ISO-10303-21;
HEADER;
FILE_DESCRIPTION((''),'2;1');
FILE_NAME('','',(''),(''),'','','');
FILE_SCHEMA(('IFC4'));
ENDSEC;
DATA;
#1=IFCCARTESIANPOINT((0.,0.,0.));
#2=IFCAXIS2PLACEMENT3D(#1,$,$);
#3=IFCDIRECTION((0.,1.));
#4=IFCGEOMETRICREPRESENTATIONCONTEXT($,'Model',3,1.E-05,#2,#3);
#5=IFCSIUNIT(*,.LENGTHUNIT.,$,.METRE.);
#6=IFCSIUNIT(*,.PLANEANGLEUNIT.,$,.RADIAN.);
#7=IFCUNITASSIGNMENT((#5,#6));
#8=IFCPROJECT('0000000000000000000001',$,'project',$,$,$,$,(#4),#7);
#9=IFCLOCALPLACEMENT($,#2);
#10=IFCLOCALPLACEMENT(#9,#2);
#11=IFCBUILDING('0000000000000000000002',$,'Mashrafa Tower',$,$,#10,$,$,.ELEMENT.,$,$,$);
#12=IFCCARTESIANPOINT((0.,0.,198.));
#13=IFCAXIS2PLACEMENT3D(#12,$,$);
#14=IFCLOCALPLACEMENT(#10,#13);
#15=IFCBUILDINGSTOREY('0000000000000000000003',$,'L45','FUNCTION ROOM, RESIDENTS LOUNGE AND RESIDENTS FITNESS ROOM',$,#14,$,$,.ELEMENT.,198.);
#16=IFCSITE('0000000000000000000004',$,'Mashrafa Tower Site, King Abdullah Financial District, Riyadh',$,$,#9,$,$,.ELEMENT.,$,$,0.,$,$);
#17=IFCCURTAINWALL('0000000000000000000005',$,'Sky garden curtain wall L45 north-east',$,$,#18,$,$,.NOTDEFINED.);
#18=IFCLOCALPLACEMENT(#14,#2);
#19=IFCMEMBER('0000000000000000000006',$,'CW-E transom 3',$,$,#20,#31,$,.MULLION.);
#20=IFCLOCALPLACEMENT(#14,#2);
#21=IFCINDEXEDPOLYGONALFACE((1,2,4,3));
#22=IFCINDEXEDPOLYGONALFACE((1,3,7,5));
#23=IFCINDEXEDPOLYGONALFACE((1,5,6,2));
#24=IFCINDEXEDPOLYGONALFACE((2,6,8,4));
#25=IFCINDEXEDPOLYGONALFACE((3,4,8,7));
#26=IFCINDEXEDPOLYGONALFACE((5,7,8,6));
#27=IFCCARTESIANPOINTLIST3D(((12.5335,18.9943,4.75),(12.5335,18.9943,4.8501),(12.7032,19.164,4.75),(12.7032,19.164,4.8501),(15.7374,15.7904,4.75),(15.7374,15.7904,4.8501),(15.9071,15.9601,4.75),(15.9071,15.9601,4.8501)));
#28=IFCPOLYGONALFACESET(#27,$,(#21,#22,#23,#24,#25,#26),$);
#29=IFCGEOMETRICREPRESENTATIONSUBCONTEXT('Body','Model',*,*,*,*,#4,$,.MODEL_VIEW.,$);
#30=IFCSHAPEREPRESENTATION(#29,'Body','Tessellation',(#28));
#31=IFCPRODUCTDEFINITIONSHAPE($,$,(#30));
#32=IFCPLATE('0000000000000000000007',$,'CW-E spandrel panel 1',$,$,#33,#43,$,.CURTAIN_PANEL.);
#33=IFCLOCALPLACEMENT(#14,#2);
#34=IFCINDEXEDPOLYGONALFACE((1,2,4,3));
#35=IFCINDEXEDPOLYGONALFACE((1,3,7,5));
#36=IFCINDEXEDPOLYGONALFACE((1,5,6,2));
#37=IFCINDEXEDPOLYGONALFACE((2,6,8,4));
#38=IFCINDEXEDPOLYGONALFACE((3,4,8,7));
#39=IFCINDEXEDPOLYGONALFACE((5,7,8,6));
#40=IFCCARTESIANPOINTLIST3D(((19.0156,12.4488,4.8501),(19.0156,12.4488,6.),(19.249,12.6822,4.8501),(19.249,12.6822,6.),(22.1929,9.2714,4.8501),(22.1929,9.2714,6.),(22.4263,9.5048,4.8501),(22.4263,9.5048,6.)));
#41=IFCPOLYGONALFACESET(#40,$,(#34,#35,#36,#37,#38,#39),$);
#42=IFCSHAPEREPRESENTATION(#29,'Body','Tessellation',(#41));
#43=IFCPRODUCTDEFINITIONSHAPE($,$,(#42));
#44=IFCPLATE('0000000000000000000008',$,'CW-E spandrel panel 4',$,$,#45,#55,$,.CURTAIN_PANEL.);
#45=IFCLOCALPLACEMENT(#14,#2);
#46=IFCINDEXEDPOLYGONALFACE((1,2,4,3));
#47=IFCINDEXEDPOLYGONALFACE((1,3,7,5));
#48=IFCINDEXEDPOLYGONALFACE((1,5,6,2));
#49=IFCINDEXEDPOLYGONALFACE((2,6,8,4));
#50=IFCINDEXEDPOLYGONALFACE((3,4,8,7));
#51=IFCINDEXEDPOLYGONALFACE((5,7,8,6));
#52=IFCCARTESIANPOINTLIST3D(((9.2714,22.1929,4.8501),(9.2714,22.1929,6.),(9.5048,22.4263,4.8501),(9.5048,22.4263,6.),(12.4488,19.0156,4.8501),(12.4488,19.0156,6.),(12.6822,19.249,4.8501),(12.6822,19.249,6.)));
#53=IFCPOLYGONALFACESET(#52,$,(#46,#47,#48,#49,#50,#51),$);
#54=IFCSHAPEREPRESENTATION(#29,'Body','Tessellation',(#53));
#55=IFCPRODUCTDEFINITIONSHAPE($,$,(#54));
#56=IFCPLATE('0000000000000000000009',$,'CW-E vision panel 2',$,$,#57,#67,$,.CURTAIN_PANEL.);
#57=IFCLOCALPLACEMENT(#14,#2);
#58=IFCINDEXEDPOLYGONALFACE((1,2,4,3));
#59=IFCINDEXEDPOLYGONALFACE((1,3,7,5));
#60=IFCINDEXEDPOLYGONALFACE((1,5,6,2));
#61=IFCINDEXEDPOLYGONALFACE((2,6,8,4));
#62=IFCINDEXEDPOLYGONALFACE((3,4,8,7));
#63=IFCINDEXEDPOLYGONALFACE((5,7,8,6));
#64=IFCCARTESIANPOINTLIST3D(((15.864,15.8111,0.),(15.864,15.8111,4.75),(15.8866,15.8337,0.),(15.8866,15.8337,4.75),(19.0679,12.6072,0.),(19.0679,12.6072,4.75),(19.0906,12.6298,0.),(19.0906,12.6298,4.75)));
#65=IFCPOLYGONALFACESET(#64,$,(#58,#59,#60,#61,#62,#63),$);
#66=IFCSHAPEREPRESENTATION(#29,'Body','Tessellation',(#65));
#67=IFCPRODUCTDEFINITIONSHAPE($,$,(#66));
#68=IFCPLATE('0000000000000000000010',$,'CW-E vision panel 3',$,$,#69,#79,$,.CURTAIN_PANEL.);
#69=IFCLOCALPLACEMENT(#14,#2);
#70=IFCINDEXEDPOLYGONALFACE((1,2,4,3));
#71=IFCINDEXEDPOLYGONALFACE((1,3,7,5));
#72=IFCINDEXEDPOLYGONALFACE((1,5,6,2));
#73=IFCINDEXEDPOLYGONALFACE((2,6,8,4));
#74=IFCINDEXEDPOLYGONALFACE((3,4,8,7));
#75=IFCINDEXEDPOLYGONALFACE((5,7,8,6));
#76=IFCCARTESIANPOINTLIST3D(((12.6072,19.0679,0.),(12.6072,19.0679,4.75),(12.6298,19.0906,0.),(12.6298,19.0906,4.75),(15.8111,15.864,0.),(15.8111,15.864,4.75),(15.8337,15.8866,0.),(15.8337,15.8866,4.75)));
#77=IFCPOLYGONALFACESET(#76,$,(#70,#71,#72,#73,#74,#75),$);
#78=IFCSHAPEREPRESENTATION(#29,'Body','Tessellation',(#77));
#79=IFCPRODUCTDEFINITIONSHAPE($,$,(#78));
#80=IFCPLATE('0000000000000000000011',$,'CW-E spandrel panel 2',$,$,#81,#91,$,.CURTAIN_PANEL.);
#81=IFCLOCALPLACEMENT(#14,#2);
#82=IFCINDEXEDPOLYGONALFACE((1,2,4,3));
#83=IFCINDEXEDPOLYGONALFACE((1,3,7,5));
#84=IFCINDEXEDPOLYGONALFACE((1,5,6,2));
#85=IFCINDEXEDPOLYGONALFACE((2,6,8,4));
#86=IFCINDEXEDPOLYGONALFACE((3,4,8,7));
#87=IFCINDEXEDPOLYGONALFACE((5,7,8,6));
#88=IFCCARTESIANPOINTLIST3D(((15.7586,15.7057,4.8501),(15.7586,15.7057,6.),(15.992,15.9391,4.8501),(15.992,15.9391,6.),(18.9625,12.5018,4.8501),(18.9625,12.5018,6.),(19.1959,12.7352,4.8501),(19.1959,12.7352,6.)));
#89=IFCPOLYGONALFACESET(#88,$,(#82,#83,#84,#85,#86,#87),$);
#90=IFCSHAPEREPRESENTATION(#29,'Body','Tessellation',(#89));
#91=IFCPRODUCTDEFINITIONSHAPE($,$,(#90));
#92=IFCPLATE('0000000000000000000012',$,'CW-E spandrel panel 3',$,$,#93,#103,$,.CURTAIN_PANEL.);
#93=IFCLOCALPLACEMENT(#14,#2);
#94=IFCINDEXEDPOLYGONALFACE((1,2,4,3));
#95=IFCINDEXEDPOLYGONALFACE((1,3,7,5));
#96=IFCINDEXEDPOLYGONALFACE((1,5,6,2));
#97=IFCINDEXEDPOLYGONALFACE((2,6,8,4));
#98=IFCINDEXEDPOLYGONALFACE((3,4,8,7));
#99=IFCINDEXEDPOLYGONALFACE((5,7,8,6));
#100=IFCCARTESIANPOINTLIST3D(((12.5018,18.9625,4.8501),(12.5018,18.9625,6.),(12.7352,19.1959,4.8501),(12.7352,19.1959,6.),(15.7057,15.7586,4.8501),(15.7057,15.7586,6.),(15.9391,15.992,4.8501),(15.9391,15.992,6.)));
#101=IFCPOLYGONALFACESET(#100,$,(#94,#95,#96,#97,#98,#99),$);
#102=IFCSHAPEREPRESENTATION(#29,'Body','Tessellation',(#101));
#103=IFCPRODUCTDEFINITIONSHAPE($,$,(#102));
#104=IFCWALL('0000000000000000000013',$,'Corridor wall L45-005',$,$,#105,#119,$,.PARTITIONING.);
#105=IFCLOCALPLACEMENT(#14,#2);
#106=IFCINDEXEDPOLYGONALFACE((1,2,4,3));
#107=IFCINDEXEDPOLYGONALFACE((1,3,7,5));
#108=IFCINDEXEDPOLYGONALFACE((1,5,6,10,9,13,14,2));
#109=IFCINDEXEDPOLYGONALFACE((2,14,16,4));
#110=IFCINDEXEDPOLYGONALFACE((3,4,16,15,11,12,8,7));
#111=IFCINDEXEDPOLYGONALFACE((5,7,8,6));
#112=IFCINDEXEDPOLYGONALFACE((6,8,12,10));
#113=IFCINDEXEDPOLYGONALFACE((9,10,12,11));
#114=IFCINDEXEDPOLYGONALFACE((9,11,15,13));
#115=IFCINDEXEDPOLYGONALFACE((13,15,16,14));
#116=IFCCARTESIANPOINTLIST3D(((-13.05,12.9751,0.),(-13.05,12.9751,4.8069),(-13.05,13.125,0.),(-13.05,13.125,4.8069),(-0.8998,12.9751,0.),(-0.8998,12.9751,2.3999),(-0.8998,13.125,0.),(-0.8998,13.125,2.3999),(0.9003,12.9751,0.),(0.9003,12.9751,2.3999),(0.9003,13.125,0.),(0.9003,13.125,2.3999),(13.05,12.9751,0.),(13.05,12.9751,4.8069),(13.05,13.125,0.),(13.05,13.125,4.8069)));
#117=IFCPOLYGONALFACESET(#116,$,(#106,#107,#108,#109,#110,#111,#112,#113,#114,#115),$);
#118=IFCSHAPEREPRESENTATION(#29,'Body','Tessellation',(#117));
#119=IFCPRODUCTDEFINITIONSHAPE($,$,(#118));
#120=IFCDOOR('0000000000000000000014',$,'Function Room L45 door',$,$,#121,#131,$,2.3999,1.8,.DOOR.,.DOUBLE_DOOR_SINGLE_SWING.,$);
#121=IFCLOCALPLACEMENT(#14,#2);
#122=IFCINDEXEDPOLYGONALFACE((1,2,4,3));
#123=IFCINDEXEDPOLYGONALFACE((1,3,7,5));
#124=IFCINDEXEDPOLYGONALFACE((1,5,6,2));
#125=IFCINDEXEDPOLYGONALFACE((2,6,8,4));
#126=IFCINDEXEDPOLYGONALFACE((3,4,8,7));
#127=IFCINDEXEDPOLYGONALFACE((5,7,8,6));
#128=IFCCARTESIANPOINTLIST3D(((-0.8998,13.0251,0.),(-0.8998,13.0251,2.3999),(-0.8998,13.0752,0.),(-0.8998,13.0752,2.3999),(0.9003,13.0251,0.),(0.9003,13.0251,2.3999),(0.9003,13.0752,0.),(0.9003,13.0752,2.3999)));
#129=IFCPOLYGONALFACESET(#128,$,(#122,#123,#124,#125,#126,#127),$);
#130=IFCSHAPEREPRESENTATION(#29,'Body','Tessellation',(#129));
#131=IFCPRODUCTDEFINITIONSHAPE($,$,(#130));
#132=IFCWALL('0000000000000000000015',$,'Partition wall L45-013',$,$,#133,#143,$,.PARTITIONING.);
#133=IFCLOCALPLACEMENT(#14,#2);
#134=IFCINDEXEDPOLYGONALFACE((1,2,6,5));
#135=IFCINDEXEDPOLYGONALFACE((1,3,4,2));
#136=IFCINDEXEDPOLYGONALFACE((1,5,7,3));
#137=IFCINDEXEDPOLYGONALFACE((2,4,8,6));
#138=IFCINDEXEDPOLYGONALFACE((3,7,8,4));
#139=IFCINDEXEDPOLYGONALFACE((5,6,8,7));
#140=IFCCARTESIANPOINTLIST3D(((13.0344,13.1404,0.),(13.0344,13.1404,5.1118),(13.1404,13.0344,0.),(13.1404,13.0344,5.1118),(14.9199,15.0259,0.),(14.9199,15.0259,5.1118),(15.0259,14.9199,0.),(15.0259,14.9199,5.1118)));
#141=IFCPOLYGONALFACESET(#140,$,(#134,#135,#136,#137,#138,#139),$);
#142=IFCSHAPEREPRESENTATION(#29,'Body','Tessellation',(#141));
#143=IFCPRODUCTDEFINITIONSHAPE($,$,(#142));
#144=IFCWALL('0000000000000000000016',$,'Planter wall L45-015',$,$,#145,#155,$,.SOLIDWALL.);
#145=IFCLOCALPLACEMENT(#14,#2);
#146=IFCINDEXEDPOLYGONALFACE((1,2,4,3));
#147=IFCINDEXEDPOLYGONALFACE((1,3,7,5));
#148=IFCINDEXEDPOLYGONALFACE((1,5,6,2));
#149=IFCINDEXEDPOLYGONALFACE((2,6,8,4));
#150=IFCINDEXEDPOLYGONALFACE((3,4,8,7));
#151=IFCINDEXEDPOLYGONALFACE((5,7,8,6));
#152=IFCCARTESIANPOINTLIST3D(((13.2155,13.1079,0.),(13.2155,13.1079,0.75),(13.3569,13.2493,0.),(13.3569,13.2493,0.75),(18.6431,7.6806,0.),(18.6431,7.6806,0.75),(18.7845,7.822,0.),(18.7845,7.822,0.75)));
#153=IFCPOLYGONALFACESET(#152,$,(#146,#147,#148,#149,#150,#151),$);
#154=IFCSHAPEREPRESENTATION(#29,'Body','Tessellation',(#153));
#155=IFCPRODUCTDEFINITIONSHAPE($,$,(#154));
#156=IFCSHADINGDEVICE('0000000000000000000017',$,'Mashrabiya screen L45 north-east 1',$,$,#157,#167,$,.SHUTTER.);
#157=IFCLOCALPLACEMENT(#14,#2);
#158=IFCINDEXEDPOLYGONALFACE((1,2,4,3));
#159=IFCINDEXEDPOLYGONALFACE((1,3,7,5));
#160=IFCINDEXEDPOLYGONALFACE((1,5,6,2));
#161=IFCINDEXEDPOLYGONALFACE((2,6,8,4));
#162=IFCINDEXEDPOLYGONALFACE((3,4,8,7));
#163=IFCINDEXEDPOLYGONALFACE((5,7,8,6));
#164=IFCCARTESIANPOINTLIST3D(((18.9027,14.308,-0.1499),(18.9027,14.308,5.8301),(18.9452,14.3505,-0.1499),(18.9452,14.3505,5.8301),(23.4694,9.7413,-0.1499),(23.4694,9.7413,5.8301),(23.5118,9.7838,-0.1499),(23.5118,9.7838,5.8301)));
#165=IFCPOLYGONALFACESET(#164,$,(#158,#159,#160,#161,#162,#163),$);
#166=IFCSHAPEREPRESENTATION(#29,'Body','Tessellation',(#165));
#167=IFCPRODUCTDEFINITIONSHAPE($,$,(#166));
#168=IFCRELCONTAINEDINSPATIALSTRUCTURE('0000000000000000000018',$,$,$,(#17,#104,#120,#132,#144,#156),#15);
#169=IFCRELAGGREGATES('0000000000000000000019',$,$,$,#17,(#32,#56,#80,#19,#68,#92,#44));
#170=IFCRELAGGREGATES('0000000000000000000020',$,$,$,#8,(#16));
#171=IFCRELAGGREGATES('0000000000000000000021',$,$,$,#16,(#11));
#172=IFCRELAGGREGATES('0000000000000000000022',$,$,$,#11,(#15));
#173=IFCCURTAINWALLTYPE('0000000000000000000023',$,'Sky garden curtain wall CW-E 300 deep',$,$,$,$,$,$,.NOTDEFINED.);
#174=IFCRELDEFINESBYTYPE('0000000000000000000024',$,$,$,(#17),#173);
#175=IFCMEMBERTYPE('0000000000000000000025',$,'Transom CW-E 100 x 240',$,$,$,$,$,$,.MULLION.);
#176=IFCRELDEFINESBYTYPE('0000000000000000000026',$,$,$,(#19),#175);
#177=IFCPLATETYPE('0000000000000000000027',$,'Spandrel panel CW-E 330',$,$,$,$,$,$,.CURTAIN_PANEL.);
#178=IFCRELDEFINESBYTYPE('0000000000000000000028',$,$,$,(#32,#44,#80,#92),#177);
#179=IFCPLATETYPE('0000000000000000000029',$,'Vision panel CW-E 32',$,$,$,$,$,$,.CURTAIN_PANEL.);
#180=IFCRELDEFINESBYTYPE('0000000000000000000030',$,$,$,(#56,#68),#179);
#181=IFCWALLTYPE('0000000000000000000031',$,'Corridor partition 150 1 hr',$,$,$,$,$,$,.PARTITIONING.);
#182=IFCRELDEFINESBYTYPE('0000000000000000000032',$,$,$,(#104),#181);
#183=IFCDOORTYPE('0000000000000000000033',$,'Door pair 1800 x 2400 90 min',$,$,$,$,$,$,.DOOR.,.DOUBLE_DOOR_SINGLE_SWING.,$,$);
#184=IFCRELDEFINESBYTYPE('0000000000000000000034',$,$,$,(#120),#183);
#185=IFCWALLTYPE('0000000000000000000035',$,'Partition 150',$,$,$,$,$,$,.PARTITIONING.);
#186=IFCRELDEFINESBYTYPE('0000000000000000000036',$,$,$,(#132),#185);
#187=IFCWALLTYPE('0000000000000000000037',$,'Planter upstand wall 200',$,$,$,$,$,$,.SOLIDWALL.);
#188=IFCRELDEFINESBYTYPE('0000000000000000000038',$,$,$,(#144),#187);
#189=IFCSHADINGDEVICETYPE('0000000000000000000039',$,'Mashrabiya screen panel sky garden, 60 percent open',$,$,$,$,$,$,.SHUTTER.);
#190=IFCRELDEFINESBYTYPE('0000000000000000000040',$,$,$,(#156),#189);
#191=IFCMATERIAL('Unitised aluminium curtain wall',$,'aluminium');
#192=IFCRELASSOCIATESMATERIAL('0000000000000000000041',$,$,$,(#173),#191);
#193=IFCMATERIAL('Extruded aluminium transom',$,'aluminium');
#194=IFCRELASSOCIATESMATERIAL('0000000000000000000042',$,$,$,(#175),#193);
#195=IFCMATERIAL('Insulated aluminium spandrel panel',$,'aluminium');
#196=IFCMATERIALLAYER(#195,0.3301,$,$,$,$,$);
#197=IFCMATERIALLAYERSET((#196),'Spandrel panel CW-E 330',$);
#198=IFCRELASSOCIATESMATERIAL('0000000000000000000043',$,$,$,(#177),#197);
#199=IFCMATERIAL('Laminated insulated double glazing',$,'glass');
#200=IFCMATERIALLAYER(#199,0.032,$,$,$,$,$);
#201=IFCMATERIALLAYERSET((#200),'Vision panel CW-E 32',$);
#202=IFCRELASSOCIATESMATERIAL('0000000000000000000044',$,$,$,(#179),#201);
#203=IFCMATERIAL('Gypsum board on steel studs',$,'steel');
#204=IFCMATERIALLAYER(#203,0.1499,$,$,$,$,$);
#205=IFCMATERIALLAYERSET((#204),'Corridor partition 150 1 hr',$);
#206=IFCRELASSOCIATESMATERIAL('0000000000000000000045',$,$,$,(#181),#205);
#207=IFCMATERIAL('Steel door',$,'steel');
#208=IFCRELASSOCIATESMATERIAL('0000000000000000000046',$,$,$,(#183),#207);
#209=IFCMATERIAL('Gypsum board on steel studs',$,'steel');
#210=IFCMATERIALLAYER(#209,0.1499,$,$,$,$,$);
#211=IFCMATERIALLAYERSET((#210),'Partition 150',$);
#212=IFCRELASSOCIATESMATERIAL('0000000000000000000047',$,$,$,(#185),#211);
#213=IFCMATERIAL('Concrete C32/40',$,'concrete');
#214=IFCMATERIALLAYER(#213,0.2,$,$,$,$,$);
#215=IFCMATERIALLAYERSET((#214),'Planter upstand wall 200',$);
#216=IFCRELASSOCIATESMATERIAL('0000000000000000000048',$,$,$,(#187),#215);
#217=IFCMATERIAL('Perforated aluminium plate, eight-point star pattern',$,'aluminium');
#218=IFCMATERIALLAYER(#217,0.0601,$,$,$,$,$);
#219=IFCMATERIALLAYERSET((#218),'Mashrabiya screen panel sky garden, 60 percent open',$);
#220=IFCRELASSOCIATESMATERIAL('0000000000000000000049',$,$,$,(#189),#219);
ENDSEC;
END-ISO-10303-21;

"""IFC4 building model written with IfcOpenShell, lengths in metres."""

from ifc_helpers import new_model, si_unit, direction, frame, frame_2d, origin, origin_2d, place, context, subcontext, project, spatial, rectangle, extrude, source, transform, mapped, material, layer, layer_set, material_profile, profile_set, type_object, type_shapes, element, fill, aggregate, save


model = new_model("IFC4")

# Units and contexts
model_context = context("Model", 3, precision=1e-05, world=origin(), true_north=direction((0.0, 1.0)))
body_context = subcontext(model_context, "Body", "Model", "MODEL_VIEW")
ifc_project = project(units=[si_unit("LENGTHUNIT", "METRE"), si_unit("PLANEANGLEUNIT", "RADIAN")], contexts=[model_context])

# Site, building, storey
site_placement = place(None, origin())
site = spatial("IfcSite", under=ifc_project, at=site_placement, Name="Mashrafa Tower Site, King Abdullah Financial District, Riyadh", CompositionType="ELEMENT", RefElevation=0.0)
building_placement = place(site_placement, origin())
building = spatial("IfcBuilding", under=site, at=building_placement, Name="Mashrafa Tower", CompositionType="ELEMENT")
storey_placement = place(building_placement, frame((0.0, 0.0, 198.0)))
storey = spatial("IfcBuildingStorey", under=building, at=storey_placement, Name="L45", Description="FUNCTION ROOM, RESIDENTS LOUNGE AND RESIDENTS FITNESS ROOM", CompositionType="ELEMENT", Elevation=198.0)

# Curtain wall, member, plates
ifc_material_1 = material(Name="Unitised aluminium curtain wall", Category="aluminium")
curtain_wall_type = type_object("IfcCurtainWallType", Name="Sky garden curtain wall CW-E 300 deep", PredefinedType="NOTDEFINED", material=ifc_material_1)
curtain_wall_placement = place(storey_placement, origin())
curtain_wall = element("IfcCurtainWall", 1, at=curtain_wall_placement, inside=storey, type_object=curtain_wall_type, Name="Sky garden curtain wall L45 north-east", PredefinedType="NOTDEFINED")
ifc_material_2 = material(Name="Extruded aluminium transom", Category="aluminium")
ifc_material_profile_1 = material_profile(ifc_material_2, rectangle(XDim=0.24, YDim=0.1001, at=origin_2d()), Name="Transom 100x240")
ifc_profile_set_1 = profile_set([ifc_material_profile_1], Name="Extruded aluminium transom")
member_type_1 = type_object("IfcMemberType", Name="Transom CW-E 100 x 240", PredefinedType="MULLION", material=ifc_profile_set_1)
shared_shape_1 = source(origin(), body_context, "Body", "SweptSolid", [
    extrude(rectangle(XDim=0.24, YDim=0.1001, at=origin_2d()), origin(), (0.0, 0.0, 1.0), 4.531),
])
member_1_placement = place(storey_placement, frame((15.8223, 15.8752, 4.8), z_axis=(-0.707107, 0.707107, 0.0), x_axis=(-0.707107, -0.707107, 0.0)))
member_1 = element("IfcMember", 2, at=member_1_placement, type_object=member_type_1, Name="CW-E transom 3", PredefinedType="MULLION", context=body_context, shape_type="MappedRepresentation", body=[
    mapped(shared_shape_1, transform((0.0, 0.0, 0.0))),
])
ifc_material_3 = material(Name="Insulated aluminium spandrel panel", Category="aluminium")
ifc_layer_1 = layer(ifc_material_3, 0.3301)
ifc_layer_set_1 = layer_set([ifc_layer_1], Name="Spandrel panel CW-E 330")
plate_type_1 = type_object("IfcPlateType", Name="Spandrel panel CW-E 330", PredefinedType="CURTAIN_PANEL", material=ifc_layer_set_1)
shared_shape_2 = source(origin(), body_context, "Body", "SweptSolid", [
    extrude(rectangle(XDim=4.4934, YDim=0.3301, at=origin_2d()), origin(), (0.0, 0.0, 1.0), 1.1499),
])
plate_1_placement = place(storey_placement, frame((20.7209, 10.9768, 4.8501), z_axis=(0.0, 0.0, 1.0), x_axis=(-0.707107, 0.707107, 0.0)))
plate_1 = element("IfcPlate", 3, at=plate_1_placement, type_object=plate_type_1, Name="CW-E spandrel panel 1", PredefinedType="CURTAIN_PANEL", context=body_context, shape_type="MappedRepresentation", body=[
    mapped(shared_shape_2, transform((0.0, 0.0, 0.0))),
])
plate_2_placement = place(storey_placement, frame((10.9768, 20.7209, 4.8501), z_axis=(0.0, 0.0, 1.0), x_axis=(-0.707107, 0.707107, 0.0)))
plate_2 = element("IfcPlate", 4, at=plate_2_placement, type_object=plate_type_1, Name="CW-E spandrel panel 4", PredefinedType="CURTAIN_PANEL", context=body_context, shape_type="MappedRepresentation", body=[
    mapped(shared_shape_2, transform((0.0, 0.0, 0.0))),
])
ifc_material_4 = material(Name="Laminated insulated double glazing", Category="glass")
ifc_layer_2 = layer(ifc_material_4, 0.032)
ifc_layer_set_2 = layer_set([ifc_layer_2], Name="Vision panel CW-E 32")
plate_type_2 = type_object("IfcPlateType", Name="Vision panel CW-E 32", PredefinedType="CURTAIN_PANEL", material=ifc_layer_set_2)
shared_shape_3 = source(origin(), body_context, "Body", "SweptSolid", [
    extrude(rectangle(XDim=4.531, YDim=0.032, at=origin_2d()), origin(), (0.0, 0.0, 1.0), 4.75),
])
type_shapes(plate_type_2, [shared_shape_3])
plate_3_placement = place(storey_placement, frame((17.4773, 14.2205, 0.0), z_axis=(0.0, 0.0, 1.0), x_axis=(-0.707107, 0.707107, 0.0)))
plate_3 = element("IfcPlate", 5, at=plate_3_placement, type_object=plate_type_2, Name="CW-E vision panel 2", PredefinedType="CURTAIN_PANEL", context=body_context, shape_type="MappedRepresentation", body=[
    mapped(shared_shape_3, transform((0.0, 0.0, 0.0))),
])
plate_4_placement = place(storey_placement, frame((14.2205, 17.4773, 0.0), z_axis=(0.0, 0.0, 1.0), x_axis=(-0.707107, 0.707107, 0.0)))
plate_4 = element("IfcPlate", 6, at=plate_4_placement, type_object=plate_type_2, Name="CW-E vision panel 3", PredefinedType="CURTAIN_PANEL", context=body_context, shape_type="MappedRepresentation", body=[
    mapped(shared_shape_3, transform((0.0, 0.0, 0.0))),
])
shared_shape_4 = source(origin(), body_context, "Body", "SweptSolid", [
    extrude(rectangle(XDim=4.531, YDim=0.3301, at=origin_2d()), origin(), (0.0, 0.0, 1.0), 1.1499),
])
type_shapes(plate_type_1, [shared_shape_2, shared_shape_4])
plate_5_placement = place(storey_placement, frame((17.4773, 14.2205, 4.8501), z_axis=(0.0, 0.0, 1.0), x_axis=(-0.707107, 0.707107, 0.0)))
plate_5 = element("IfcPlate", 7, at=plate_5_placement, type_object=plate_type_1, Name="CW-E spandrel panel 2", PredefinedType="CURTAIN_PANEL", context=body_context, shape_type="MappedRepresentation", body=[
    mapped(shared_shape_4, transform((0.0, 0.0, 0.0))),
])
plate_6_placement = place(storey_placement, frame((14.2205, 17.4773, 4.8501), z_axis=(0.0, 0.0, 1.0), x_axis=(-0.707107, 0.707107, 0.0)))
plate_6 = element("IfcPlate", 8, at=plate_6_placement, type_object=plate_type_1, Name="CW-E spandrel panel 3", PredefinedType="CURTAIN_PANEL", context=body_context, shape_type="MappedRepresentation", body=[
    mapped(shared_shape_4, transform((0.0, 0.0, 0.0))),
])
aggregate(curtain_wall, [plate_1, plate_3, plate_5, member_1, plate_4, plate_6, plate_2])

# Wall, opening, door
ifc_material_5 = material(Name="Gypsum board on steel studs", Category="steel")
ifc_layer_3 = layer(ifc_material_5, 0.1499)
ifc_layer_set_3 = layer_set([ifc_layer_3], Name="Corridor partition 150 1 hr")
wall_type_1 = type_object("IfcWallType", Name="Corridor partition 150 1 hr", PredefinedType="PARTITIONING", material=ifc_layer_set_3)
wall_1_placement = place(storey_placement, frame((13.05, 13.05, 0.0), z_axis=(0.0, 0.0, 1.0), x_axis=(-1.0, 0.0, 0.0)))
wall_1 = element("IfcWall", 9, at=wall_1_placement, inside=storey, type_object=wall_type_1, Name="Corridor wall L45-005", PredefinedType="PARTITIONING", context=body_context, shape_type="SweptSolid", body=[
    extrude(rectangle(XDim=26.1001, YDim=0.1499, at=frame_2d((13.05, 0.0))), origin(), (0.0, 0.0, 1.0), 4.8069),
])
opening_placement = place(wall_1_placement, frame((12.1499, 0.0, 0.0)))
opening = element("IfcOpeningElement", 10, at=opening_placement, cuts=wall_1, PredefinedType="OPENING", context=body_context, shape_type="SweptSolid", body=[
    extrude(rectangle(XDim=1.8, YDim=2.3999, at=frame_2d((0.8999, 1.2))), frame((0.0, 0.085, 0.0), z_axis=(0.0, -1.0, 0.0), x_axis=(1.0, 0.0, 0.0)), (0.0, 0.0, 1.0), 0.1699),
])
ifc_material_6 = material(Name="Steel door", Category="steel")
door_type = type_object("IfcDoorType", Name="Door pair 1800 x 2400 90 min", OperationType="DOUBLE_DOOR_SINGLE_SWING", PredefinedType="DOOR", material=ifc_material_6)
door_placement = place(opening_placement, origin())
door = element("IfcDoor", 11, at=door_placement, inside=storey, type_object=door_type, Name="Function Room L45 door", OperationType="DOUBLE_DOOR_SINGLE_SWING", OverallHeight=2.3999, OverallWidth=1.8, PredefinedType="DOOR", context=body_context, shape_type="SweptSolid", body=[
    extrude(rectangle(XDim=1.8, YDim=2.3999, at=frame_2d((0.8999, 1.2))), frame((0.0, 0.0249, 0.0), z_axis=(0.0, -1.0, 0.0), x_axis=(1.0, 0.0, 0.0)), (0.0, 0.0, 1.0), 0.05),
])
fill(opening, door)

# Walls
ifc_material_7 = material(Name="Gypsum board on steel studs", Category="steel")
ifc_layer_4 = layer(ifc_material_7, 0.1499)
ifc_layer_set_4 = layer_set([ifc_layer_4], Name="Partition 150")
wall_type_2 = type_object("IfcWallType", Name="Partition 150", PredefinedType="PARTITIONING", material=ifc_layer_set_4)
wall_2_placement = place(storey_placement, frame((14.9729, 14.9729, 0.0), z_axis=(0.0, 0.0, 1.0), x_axis=(-0.707107, -0.707107, 0.0)))
element("IfcWall", 12, at=wall_2_placement, inside=storey, type_object=wall_type_2, Name="Partition wall L45-013", PredefinedType="PARTITIONING", context=body_context, shape_type="SweptSolid", body=[
    extrude(rectangle(XDim=2.6665, YDim=0.1499, at=frame_2d((1.3333, 0.0))), origin(), (0.0, 0.0, 1.0), 5.1118),
])
ifc_material_8 = material(Name="Concrete C32/40", Category="concrete")
ifc_layer_5 = layer(ifc_material_8, 0.2)
ifc_layer_set_5 = layer_set([ifc_layer_5], Name="Planter upstand wall 200")
wall_type_3 = type_object("IfcWallType", Name="Planter upstand wall 200", PredefinedType="SOLIDWALL", material=ifc_layer_set_5)
wall_3_placement = place(storey_placement, frame((13.2861, 13.1787, 0.0), z_axis=(0.0, 0.0, 1.0), x_axis=(0.707123, -0.707091, 0.0)))
element("IfcWall", 13, at=wall_3_placement, inside=storey, type_object=wall_type_3, Name="Planter wall L45-015", PredefinedType="SOLIDWALL", context=body_context, shape_type="SweptSolid", body=[
    extrude(rectangle(XDim=7.6755, YDim=0.2, at=frame_2d((3.8379, 0.0))), origin(), (0.0, 0.0, 1.0), 0.75),
])

# Shading device
ifc_material_9 = material(Name="Perforated aluminium plate, eight-point star pattern", Category="aluminium")
ifc_layer_6 = layer(ifc_material_9, 0.0601)
ifc_layer_set_6 = layer_set([ifc_layer_6], Name="Mashrabiya screen panel sky garden, 60 percent open")
shading_device_type = type_object("IfcShadingDeviceType", Name="Mashrabiya screen panel sky garden, 60 percent open", PredefinedType="SHUTTER", material=ifc_layer_set_6)
shared_shape_5 = source(origin(), body_context, "Body", "SweptSolid", [
    extrude(rectangle(XDim=6.4583, YDim=0.0601, at=origin_2d()), origin(), (0.0, 0.0, 1.0), 5.98),
])
type_shapes(shading_device_type, [shared_shape_5])
for number, where, z_axis, x_axis, name in (
    (14, (21.2073, 12.0459, -0.1499), (0.0, 0.0, 1.0), (-0.707107, 0.707107, 0.0), "Mashrabiya screen L45 north-east 1"),
):
    element("IfcShadingDevice", number, at=place(storey_placement, frame(where, z_axis=z_axis, x_axis=x_axis)), inside=storey, type_object=shading_device_type, Name=name, PredefinedType="SHUTTER", context=body_context, shape_type="MappedRepresentation", body=[
        mapped(shared_shape_5, transform((0.0, 0.0, 0.0))),
    ])

save(model, "model.ifc")
